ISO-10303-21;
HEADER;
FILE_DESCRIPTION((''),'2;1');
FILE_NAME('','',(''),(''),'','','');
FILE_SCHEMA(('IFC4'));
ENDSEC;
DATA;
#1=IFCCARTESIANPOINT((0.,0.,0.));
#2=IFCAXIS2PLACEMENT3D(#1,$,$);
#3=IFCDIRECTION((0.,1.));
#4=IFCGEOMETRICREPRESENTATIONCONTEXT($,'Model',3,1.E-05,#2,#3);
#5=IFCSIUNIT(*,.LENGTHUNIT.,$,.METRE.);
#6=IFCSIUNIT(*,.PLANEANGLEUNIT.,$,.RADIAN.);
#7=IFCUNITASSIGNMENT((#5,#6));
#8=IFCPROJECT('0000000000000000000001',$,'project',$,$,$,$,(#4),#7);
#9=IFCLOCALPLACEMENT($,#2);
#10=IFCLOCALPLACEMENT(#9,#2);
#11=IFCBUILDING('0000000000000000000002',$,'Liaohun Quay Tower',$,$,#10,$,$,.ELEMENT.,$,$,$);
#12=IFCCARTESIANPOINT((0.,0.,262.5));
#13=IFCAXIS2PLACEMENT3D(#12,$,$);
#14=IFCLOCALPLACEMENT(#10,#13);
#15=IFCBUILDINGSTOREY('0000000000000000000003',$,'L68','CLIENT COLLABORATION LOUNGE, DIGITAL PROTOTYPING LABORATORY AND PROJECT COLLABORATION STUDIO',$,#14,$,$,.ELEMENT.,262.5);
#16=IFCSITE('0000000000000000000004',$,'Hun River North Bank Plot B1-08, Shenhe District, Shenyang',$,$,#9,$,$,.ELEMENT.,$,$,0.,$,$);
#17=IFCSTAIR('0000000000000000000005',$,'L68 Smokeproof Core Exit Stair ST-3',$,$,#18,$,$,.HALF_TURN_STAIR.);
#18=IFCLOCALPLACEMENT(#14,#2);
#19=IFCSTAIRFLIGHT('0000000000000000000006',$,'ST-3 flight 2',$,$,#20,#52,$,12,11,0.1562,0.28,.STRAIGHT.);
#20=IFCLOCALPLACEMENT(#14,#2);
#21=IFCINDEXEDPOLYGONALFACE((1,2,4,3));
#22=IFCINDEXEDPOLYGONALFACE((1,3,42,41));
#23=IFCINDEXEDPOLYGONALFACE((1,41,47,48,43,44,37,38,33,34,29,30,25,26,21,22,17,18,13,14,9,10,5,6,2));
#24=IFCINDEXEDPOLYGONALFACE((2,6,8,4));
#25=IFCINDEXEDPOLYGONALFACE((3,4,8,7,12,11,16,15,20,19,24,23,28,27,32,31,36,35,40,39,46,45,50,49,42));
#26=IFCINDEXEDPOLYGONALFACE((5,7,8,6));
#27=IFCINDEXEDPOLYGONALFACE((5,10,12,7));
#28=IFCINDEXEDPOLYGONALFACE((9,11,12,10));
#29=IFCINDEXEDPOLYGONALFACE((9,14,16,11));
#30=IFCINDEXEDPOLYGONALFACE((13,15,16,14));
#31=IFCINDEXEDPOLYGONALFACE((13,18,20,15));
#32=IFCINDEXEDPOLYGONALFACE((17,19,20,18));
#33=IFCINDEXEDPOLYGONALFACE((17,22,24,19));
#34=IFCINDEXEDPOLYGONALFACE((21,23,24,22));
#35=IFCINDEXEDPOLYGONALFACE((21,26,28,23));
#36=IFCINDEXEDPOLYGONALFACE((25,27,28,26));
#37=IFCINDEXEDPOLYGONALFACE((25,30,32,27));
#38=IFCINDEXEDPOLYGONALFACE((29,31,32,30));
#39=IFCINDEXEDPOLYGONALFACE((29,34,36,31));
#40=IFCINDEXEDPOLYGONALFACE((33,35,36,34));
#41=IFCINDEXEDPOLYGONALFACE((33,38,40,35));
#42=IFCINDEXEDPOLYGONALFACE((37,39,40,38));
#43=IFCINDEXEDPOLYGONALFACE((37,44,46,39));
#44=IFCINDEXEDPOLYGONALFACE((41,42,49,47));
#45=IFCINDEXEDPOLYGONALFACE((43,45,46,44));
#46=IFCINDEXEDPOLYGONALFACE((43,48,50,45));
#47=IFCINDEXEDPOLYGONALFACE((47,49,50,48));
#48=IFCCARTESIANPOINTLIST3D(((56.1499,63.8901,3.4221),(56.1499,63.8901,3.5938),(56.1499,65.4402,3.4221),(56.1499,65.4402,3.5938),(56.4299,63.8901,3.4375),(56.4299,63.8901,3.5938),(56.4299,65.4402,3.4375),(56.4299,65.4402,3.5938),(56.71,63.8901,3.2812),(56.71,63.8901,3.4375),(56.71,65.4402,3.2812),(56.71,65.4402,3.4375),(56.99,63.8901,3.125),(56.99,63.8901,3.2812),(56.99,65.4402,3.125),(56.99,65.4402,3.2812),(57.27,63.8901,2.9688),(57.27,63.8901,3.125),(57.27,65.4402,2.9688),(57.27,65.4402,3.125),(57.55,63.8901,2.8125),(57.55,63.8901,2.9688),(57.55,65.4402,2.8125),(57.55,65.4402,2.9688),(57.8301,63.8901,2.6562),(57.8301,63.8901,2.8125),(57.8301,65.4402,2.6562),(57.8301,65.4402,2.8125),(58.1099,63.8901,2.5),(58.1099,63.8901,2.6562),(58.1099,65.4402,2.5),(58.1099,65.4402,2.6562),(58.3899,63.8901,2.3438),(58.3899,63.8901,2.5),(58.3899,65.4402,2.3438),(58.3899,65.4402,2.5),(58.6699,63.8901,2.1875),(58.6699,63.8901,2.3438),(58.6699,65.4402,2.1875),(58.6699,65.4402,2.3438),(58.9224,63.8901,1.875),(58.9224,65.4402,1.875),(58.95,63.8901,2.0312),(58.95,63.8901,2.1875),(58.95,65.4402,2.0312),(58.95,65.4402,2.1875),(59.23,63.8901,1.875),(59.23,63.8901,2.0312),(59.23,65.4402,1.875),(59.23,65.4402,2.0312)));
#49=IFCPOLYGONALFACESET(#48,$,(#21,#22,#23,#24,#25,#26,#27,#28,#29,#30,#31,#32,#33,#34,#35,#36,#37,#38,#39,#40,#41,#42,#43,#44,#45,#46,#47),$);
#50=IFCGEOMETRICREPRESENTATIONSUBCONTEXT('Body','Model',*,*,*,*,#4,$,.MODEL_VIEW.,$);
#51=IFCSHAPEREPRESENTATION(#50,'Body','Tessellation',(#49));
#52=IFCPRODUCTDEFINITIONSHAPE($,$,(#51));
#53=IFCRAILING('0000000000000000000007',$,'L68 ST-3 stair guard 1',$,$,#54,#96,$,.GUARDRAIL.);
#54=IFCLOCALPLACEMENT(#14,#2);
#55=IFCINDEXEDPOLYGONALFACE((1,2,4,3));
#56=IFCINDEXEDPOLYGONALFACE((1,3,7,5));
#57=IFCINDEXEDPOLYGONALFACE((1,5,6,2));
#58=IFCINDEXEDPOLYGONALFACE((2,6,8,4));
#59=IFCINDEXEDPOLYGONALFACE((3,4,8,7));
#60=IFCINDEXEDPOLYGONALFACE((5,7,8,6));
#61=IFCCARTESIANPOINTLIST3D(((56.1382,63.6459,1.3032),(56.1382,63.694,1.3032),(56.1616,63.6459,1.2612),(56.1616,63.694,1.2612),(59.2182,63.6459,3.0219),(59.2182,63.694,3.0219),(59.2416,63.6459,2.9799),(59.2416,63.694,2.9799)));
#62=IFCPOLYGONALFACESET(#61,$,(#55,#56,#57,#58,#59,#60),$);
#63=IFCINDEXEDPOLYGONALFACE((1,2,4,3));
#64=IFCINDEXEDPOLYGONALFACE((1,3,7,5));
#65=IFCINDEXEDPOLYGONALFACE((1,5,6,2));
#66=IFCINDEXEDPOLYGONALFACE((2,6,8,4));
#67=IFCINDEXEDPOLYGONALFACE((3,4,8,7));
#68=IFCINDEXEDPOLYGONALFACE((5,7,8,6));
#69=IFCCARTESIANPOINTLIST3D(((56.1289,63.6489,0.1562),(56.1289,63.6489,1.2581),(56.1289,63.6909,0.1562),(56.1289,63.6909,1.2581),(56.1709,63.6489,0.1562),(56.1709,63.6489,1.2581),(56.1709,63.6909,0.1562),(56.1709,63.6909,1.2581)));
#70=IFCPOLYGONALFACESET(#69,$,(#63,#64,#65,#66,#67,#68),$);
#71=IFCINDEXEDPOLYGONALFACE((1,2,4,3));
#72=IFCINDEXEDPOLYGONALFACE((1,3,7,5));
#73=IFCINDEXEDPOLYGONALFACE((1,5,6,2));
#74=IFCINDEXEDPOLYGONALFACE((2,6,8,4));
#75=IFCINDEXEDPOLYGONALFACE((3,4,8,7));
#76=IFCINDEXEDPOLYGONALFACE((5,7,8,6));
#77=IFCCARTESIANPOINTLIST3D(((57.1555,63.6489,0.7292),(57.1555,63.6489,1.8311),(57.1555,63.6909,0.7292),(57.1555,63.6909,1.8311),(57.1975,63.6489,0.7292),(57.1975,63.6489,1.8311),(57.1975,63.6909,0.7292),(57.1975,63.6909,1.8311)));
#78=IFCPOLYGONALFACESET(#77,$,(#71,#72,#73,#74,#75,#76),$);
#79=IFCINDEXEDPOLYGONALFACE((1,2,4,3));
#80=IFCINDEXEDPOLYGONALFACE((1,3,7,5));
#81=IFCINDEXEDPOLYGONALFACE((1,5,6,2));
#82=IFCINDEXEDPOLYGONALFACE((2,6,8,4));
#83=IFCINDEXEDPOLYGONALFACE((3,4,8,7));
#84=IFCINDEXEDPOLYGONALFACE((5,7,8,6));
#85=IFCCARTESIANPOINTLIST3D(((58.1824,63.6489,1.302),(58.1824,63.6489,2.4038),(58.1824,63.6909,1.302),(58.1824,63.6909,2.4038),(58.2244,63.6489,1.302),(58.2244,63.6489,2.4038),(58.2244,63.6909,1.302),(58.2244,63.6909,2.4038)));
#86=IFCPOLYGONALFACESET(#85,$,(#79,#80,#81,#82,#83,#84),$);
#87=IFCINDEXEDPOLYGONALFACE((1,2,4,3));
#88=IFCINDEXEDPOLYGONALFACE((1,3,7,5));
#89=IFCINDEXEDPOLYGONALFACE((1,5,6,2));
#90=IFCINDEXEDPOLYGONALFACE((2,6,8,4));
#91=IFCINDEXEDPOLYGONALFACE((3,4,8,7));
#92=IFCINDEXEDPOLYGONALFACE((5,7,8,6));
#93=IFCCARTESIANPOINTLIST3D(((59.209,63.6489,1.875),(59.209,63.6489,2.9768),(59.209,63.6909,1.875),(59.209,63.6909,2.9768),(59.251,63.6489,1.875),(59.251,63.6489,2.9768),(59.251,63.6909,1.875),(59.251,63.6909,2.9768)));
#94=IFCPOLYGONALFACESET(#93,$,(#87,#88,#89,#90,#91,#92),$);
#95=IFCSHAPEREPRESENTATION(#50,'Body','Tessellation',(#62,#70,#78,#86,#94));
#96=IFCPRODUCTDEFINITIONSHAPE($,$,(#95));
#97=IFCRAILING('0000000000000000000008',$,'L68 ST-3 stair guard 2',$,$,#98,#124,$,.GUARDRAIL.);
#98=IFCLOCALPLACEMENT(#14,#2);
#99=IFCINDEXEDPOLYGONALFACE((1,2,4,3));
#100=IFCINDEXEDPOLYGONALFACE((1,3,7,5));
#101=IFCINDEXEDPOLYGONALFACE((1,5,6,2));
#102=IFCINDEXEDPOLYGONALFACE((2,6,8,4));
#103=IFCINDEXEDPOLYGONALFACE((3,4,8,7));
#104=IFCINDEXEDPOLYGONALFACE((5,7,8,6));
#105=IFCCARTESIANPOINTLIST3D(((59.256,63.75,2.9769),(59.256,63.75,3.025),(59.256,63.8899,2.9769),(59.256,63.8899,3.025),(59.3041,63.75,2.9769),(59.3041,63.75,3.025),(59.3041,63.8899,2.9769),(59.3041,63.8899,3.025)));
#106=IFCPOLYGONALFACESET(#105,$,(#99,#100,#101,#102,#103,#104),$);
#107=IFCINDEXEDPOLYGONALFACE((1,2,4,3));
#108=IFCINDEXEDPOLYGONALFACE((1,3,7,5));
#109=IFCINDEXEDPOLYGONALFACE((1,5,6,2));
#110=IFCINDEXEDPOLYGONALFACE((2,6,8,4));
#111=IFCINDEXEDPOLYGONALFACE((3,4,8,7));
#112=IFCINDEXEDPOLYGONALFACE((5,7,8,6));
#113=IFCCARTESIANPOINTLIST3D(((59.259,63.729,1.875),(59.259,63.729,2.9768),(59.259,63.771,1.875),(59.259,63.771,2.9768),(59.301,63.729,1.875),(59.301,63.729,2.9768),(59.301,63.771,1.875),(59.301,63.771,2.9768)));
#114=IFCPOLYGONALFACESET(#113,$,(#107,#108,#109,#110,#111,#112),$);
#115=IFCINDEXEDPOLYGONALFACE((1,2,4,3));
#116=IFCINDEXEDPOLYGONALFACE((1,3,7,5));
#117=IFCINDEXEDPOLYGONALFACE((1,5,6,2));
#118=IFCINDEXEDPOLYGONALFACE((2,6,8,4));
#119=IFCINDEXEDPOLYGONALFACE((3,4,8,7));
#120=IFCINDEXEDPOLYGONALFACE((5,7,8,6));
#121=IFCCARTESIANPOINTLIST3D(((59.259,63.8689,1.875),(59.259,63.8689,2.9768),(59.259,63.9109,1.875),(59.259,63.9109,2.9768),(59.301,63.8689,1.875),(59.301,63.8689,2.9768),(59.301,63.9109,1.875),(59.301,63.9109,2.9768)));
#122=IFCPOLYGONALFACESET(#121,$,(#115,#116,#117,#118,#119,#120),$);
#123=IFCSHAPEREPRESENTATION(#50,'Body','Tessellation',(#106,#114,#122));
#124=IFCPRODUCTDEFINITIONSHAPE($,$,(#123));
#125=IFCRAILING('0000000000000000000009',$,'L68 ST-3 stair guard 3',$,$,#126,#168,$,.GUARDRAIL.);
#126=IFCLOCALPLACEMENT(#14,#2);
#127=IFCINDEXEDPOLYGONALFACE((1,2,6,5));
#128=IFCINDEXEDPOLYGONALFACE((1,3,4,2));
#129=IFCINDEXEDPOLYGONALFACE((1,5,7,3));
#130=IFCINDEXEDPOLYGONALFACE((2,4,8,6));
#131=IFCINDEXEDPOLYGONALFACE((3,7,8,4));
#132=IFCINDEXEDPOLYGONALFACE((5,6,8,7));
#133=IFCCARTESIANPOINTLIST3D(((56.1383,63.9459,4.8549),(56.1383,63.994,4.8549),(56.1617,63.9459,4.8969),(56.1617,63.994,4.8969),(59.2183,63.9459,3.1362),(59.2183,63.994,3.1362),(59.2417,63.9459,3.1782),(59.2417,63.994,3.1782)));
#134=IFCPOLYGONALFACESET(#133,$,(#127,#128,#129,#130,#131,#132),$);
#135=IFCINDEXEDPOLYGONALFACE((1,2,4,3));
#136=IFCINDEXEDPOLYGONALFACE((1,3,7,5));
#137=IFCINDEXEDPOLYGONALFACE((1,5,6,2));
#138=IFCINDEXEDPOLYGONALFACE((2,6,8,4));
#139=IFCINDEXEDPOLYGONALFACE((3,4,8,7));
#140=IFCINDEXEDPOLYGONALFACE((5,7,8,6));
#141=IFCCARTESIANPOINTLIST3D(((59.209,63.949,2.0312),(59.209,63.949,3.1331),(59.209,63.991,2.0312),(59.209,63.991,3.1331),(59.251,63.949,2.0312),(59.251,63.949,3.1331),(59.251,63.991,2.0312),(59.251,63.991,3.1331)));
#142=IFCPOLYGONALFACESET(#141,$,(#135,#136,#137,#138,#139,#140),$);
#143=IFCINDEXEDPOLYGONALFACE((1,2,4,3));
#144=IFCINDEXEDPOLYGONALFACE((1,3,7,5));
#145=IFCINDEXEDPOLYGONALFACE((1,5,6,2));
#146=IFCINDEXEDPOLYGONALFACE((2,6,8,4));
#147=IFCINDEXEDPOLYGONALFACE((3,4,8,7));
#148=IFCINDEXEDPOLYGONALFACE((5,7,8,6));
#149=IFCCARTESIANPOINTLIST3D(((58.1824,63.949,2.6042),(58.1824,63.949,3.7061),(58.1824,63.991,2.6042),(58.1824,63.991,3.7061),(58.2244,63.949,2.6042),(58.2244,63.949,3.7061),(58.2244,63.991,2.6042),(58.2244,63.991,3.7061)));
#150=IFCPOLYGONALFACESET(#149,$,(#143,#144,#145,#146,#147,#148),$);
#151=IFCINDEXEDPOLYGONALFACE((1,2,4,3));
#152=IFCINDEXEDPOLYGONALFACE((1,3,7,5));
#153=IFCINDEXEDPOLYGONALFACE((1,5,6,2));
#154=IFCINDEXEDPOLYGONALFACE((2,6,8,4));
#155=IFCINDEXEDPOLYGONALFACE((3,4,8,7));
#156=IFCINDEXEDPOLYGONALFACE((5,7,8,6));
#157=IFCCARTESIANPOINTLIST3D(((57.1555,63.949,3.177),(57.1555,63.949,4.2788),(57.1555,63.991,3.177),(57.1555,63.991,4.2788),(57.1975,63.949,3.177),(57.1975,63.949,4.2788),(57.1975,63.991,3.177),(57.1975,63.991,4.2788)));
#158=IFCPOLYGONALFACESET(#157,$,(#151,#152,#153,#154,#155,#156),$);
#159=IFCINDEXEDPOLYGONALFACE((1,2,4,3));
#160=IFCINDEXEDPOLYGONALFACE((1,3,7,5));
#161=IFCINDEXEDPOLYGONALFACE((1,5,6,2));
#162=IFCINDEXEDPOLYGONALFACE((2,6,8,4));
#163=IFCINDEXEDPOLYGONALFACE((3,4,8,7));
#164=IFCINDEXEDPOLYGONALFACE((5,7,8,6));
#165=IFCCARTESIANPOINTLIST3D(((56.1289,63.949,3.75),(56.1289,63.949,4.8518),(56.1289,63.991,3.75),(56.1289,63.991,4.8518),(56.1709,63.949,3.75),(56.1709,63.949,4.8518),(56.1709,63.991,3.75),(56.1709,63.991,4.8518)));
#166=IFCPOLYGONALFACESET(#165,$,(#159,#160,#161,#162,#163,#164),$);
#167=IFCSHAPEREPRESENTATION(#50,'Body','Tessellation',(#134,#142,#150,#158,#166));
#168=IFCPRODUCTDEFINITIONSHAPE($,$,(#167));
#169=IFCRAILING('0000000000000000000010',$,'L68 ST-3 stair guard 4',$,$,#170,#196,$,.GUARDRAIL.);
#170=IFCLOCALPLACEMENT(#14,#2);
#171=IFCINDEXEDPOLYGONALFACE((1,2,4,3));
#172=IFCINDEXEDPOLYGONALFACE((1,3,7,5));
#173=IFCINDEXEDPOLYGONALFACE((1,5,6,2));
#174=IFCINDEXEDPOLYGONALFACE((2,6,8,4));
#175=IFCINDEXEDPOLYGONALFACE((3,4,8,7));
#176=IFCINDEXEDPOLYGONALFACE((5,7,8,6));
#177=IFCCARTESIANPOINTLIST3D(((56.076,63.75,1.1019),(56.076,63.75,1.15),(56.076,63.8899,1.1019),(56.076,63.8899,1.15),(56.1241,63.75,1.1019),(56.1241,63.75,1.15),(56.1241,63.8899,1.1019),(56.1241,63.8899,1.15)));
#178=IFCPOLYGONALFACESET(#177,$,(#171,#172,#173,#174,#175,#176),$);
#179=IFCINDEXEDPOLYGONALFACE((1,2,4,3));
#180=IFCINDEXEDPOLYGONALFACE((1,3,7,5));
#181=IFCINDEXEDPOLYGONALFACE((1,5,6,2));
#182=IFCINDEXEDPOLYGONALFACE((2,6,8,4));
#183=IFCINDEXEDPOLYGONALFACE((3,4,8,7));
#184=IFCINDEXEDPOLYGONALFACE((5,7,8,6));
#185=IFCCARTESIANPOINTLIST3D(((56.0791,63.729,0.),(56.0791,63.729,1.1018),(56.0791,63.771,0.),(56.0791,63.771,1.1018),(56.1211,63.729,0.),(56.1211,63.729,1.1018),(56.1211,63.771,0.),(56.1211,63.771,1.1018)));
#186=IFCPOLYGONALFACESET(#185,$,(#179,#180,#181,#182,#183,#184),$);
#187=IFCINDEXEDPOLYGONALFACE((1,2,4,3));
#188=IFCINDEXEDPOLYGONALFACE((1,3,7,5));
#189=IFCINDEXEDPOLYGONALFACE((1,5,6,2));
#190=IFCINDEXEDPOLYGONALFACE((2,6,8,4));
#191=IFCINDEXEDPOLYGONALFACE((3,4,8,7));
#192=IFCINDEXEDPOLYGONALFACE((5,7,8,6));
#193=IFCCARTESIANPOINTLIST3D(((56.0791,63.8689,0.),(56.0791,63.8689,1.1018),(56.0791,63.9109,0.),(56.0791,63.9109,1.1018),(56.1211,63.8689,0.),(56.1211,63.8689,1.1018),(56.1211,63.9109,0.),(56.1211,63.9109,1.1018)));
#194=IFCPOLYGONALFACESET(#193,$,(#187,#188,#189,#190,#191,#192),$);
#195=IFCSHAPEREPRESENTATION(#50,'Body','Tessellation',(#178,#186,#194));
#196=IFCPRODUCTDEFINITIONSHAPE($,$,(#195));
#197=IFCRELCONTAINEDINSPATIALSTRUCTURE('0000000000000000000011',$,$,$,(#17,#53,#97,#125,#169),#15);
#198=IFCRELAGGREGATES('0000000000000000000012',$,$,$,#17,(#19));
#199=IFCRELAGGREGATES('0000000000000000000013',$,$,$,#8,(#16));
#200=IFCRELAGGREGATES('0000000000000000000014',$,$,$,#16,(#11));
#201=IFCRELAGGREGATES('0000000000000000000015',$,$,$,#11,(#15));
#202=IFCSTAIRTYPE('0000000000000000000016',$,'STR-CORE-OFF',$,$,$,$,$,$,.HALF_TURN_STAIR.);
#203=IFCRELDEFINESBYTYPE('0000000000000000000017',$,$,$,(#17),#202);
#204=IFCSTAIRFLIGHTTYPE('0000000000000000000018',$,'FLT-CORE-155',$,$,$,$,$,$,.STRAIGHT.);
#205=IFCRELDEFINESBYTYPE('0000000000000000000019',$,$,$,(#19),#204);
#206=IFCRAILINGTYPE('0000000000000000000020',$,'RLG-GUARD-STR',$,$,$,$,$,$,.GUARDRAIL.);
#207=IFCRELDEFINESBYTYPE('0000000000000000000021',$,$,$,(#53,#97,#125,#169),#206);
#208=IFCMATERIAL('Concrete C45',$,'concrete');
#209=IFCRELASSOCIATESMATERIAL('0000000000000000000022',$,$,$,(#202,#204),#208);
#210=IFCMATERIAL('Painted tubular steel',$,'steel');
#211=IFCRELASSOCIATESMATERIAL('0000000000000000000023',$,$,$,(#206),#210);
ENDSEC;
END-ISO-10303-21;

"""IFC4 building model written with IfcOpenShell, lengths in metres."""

from ifc_helpers import new_model, si_unit, direction, frame, origin, origin_2d, place, context, subcontext, project, spatial, polyline, rectangle, outline, extrude, material, type_object, element, aggregate, save


model = new_model("IFC4")

# Units and contexts
model_context = context("Model", 3, precision=1e-05, world=origin(), true_north=direction((0.0, 1.0)))
body_context = subcontext(model_context, "Body", "Model", "MODEL_VIEW")
ifc_project = project(units=[si_unit("LENGTHUNIT", "METRE"), si_unit("PLANEANGLEUNIT", "RADIAN")], contexts=[model_context])

# Site, building, storey
site_placement = place(None, origin())
site = spatial("IfcSite", under=ifc_project, at=site_placement, Name="Hun River North Bank Plot B1-08, Shenhe District, Shenyang", CompositionType="ELEMENT", RefElevation=0.0)
building_placement = place(site_placement, origin())
building = spatial("IfcBuilding", under=site, at=building_placement, Name="Liaohun Quay Tower", CompositionType="ELEMENT")
storey_placement = place(building_placement, frame((0.0, 0.0, 262.5)))
storey = spatial("IfcBuildingStorey", under=building, at=storey_placement, Name="L68", Description="CLIENT COLLABORATION LOUNGE, DIGITAL PROTOTYPING LABORATORY AND PROJECT COLLABORATION STUDIO", CompositionType="ELEMENT", Elevation=262.5)

# Stair, stair flight
ifc_material_1 = material(Name="Concrete C45", Category="concrete")
stair_type = type_object("IfcStairType", Name="STR-CORE-OFF", PredefinedType="HALF_TURN_STAIR", material=ifc_material_1)
stair_placement = place(storey_placement, origin())
stair = element("IfcStair", 1, at=stair_placement, inside=storey, type_object=stair_type, Name="L68 Smokeproof Core Exit Stair ST-3", PredefinedType="HALF_TURN_STAIR")
stair_flight_type = type_object("IfcStairFlightType", Name="FLT-CORE-155", PredefinedType="STRAIGHT", material=ifc_material_1)
stair_flight_1_placement = place(storey_placement, frame((59.23, 64.665, 1.875), z_axis=(0.0, 0.0, 1.0), x_axis=(-1.0, 0.0, 0.0)))
stair_flight_1 = element("IfcStairFlight", 2, at=stair_flight_1_placement, type_object=stair_flight_type, Name="ST-3 flight 2", NumberOfRisers=12, NumberOfTreads=11, PredefinedType="STRAIGHT", RiserHeight=0.1562, TreadLength=0.28, context=body_context, shape_type="SweptSolid", body=[
    extrude(outline(polyline([(0.0, 0.0), (0.0, 0.1562), (0.28, 0.1562), (0.28, 0.3125), (0.5601, 0.3125), (0.5601, 0.4688), (0.8401, 0.4688), (0.8401, 0.625), (1.1201, 0.625), (1.1201, 0.7812), (1.3999, 0.7812), (1.3999, 0.9375), (1.6799, 0.9375), (1.6799, 1.0938), (1.96, 1.0938), (1.96, 1.25), (2.24, 1.25), (2.24, 1.4062), (2.52, 1.4062), (2.52, 1.5625), (2.8, 1.5625), (2.8, 1.7188), (3.0801, 1.7188), (3.0801, 1.875), (3.0801, 1.5471), (0.3076, 0.0), (0.0, 0.0)])), frame((0.0, 0.7749, 0.0), z_axis=(0.0, -1.0, 0.0), x_axis=(1.0, 0.0, 0.0)), (0.0, 0.0, 1.0), 1.55),
])
aggregate(stair, [stair_flight_1])

# Railings
ifc_material_2 = material(Name="Painted tubular steel", Category="steel")
railing_type_1 = type_object("IfcRailingType", Name="RLG-GUARD-STR", PredefinedType="GUARDRAIL", material=ifc_material_2)
railing_1_placement = place(storey_placement, frame((56.1499, 63.6699, 0.1562)))
element("IfcRailing", 3, at=railing_1_placement, inside=storey, type_object=railing_type_1, Name="L68 ST-3 stair guard 1", PredefinedType="GUARDRAIL", context=body_context, shape_type="SweptSolid", body=[
    extrude(rectangle(XDim=0.0481, YDim=0.0481, at=origin_2d()), frame((0.0, 0.0, 1.126), z_axis=(0.873242, 0.0, 0.487288), x_axis=(0.0, 1.0, 0.0)), (0.0, 0.0, 1.0), 3.5271),
    extrude(rectangle(XDim=0.042, YDim=0.042, at=origin_2d()), origin(), (0.0, 0.0, 1.0), 1.1018),
    extrude(rectangle(XDim=0.042, YDim=0.042, at=origin_2d()), frame((1.0266, 0.0, 0.573)), (0.0, 0.0, 1.0), 1.1018),
    extrude(rectangle(XDim=0.042, YDim=0.042, at=origin_2d()), frame((2.0535, 0.0, 1.1458)), (0.0, 0.0, 1.0), 1.1018),
    extrude(rectangle(XDim=0.042, YDim=0.042, at=origin_2d()), frame((3.0801, 0.0, 1.7188)), (0.0, 0.0, 1.0), 1.1018),
])
railing_2_placement = place(storey_placement, frame((59.28, 63.75, 1.875)))
element("IfcRailing", 4, at=railing_2_placement, inside=storey, type_object=railing_type_1, Name="L68 ST-3 stair guard 2", PredefinedType="GUARDRAIL", context=body_context, shape_type="SweptSolid", body=[
    extrude(rectangle(XDim=0.0481, YDim=0.0481, at=origin_2d()), frame((0.0, 0.0, 1.126), z_axis=(0.0, 1.0, 0.0), x_axis=(-1.0, 0.0, 0.0)), (0.0, 0.0, 1.0), 0.1399),
    extrude(rectangle(XDim=0.042, YDim=0.042, at=origin_2d()), origin(), (0.0, 0.0, 1.0), 1.1018),
    extrude(rectangle(XDim=0.042, YDim=0.042, at=origin_2d()), frame((0.0, 0.1399, 0.0)), (0.0, 0.0, 1.0), 1.1018),
])
railing_3_placement = place(storey_placement, frame((59.23, 63.97, 2.0312)))
element("IfcRailing", 5, at=railing_3_placement, inside=storey, type_object=railing_type_1, Name="L68 ST-3 stair guard 3", PredefinedType="GUARDRAIL", context=body_context, shape_type="SweptSolid", body=[
    extrude(rectangle(XDim=0.0481, YDim=0.0481, at=origin_2d()), frame((0.0, 0.0, 1.126), z_axis=(-0.873242, 0.0, 0.487288), x_axis=(0.0, -1.0, 0.0)), (0.0, 0.0, 1.0), 3.5271),
    extrude(rectangle(XDim=0.042, YDim=0.042, at=origin_2d()), origin(), (0.0, 0.0, 1.0), 1.1018),
    extrude(rectangle(XDim=0.042, YDim=0.042, at=origin_2d()), frame((-1.0266, 0.0, 0.573)), (0.0, 0.0, 1.0), 1.1018),
    extrude(rectangle(XDim=0.042, YDim=0.042, at=origin_2d()), frame((-2.0535, 0.0, 1.1458)), (0.0, 0.0, 1.0), 1.1018),
    extrude(rectangle(XDim=0.042, YDim=0.042, at=origin_2d()), frame((-3.0801, 0.0, 1.7188)), (0.0, 0.0, 1.0), 1.1018),
])
railing_4_placement = place(storey_placement, frame((56.1001, 63.75, 0.0)))
element("IfcRailing", 6, at=railing_4_placement, inside=storey, type_object=railing_type_1, Name="L68 ST-3 stair guard 4", PredefinedType="GUARDRAIL", context=body_context, shape_type="SweptSolid", body=[
    extrude(rectangle(XDim=0.0481, YDim=0.0481, at=origin_2d()), frame((0.0, 0.0, 1.126), z_axis=(0.0, 1.0, 0.0), x_axis=(-1.0, 0.0, 0.0)), (0.0, 0.0, 1.0), 0.1399),
    extrude(rectangle(XDim=0.042, YDim=0.042, at=origin_2d()), origin(), (0.0, 0.0, 1.0), 1.1018),
    extrude(rectangle(XDim=0.042, YDim=0.042, at=origin_2d()), frame((0.0, 0.1399, 0.0)), (0.0, 0.0, 1.0), 1.1018),
])

save(model, "model.ifc")
